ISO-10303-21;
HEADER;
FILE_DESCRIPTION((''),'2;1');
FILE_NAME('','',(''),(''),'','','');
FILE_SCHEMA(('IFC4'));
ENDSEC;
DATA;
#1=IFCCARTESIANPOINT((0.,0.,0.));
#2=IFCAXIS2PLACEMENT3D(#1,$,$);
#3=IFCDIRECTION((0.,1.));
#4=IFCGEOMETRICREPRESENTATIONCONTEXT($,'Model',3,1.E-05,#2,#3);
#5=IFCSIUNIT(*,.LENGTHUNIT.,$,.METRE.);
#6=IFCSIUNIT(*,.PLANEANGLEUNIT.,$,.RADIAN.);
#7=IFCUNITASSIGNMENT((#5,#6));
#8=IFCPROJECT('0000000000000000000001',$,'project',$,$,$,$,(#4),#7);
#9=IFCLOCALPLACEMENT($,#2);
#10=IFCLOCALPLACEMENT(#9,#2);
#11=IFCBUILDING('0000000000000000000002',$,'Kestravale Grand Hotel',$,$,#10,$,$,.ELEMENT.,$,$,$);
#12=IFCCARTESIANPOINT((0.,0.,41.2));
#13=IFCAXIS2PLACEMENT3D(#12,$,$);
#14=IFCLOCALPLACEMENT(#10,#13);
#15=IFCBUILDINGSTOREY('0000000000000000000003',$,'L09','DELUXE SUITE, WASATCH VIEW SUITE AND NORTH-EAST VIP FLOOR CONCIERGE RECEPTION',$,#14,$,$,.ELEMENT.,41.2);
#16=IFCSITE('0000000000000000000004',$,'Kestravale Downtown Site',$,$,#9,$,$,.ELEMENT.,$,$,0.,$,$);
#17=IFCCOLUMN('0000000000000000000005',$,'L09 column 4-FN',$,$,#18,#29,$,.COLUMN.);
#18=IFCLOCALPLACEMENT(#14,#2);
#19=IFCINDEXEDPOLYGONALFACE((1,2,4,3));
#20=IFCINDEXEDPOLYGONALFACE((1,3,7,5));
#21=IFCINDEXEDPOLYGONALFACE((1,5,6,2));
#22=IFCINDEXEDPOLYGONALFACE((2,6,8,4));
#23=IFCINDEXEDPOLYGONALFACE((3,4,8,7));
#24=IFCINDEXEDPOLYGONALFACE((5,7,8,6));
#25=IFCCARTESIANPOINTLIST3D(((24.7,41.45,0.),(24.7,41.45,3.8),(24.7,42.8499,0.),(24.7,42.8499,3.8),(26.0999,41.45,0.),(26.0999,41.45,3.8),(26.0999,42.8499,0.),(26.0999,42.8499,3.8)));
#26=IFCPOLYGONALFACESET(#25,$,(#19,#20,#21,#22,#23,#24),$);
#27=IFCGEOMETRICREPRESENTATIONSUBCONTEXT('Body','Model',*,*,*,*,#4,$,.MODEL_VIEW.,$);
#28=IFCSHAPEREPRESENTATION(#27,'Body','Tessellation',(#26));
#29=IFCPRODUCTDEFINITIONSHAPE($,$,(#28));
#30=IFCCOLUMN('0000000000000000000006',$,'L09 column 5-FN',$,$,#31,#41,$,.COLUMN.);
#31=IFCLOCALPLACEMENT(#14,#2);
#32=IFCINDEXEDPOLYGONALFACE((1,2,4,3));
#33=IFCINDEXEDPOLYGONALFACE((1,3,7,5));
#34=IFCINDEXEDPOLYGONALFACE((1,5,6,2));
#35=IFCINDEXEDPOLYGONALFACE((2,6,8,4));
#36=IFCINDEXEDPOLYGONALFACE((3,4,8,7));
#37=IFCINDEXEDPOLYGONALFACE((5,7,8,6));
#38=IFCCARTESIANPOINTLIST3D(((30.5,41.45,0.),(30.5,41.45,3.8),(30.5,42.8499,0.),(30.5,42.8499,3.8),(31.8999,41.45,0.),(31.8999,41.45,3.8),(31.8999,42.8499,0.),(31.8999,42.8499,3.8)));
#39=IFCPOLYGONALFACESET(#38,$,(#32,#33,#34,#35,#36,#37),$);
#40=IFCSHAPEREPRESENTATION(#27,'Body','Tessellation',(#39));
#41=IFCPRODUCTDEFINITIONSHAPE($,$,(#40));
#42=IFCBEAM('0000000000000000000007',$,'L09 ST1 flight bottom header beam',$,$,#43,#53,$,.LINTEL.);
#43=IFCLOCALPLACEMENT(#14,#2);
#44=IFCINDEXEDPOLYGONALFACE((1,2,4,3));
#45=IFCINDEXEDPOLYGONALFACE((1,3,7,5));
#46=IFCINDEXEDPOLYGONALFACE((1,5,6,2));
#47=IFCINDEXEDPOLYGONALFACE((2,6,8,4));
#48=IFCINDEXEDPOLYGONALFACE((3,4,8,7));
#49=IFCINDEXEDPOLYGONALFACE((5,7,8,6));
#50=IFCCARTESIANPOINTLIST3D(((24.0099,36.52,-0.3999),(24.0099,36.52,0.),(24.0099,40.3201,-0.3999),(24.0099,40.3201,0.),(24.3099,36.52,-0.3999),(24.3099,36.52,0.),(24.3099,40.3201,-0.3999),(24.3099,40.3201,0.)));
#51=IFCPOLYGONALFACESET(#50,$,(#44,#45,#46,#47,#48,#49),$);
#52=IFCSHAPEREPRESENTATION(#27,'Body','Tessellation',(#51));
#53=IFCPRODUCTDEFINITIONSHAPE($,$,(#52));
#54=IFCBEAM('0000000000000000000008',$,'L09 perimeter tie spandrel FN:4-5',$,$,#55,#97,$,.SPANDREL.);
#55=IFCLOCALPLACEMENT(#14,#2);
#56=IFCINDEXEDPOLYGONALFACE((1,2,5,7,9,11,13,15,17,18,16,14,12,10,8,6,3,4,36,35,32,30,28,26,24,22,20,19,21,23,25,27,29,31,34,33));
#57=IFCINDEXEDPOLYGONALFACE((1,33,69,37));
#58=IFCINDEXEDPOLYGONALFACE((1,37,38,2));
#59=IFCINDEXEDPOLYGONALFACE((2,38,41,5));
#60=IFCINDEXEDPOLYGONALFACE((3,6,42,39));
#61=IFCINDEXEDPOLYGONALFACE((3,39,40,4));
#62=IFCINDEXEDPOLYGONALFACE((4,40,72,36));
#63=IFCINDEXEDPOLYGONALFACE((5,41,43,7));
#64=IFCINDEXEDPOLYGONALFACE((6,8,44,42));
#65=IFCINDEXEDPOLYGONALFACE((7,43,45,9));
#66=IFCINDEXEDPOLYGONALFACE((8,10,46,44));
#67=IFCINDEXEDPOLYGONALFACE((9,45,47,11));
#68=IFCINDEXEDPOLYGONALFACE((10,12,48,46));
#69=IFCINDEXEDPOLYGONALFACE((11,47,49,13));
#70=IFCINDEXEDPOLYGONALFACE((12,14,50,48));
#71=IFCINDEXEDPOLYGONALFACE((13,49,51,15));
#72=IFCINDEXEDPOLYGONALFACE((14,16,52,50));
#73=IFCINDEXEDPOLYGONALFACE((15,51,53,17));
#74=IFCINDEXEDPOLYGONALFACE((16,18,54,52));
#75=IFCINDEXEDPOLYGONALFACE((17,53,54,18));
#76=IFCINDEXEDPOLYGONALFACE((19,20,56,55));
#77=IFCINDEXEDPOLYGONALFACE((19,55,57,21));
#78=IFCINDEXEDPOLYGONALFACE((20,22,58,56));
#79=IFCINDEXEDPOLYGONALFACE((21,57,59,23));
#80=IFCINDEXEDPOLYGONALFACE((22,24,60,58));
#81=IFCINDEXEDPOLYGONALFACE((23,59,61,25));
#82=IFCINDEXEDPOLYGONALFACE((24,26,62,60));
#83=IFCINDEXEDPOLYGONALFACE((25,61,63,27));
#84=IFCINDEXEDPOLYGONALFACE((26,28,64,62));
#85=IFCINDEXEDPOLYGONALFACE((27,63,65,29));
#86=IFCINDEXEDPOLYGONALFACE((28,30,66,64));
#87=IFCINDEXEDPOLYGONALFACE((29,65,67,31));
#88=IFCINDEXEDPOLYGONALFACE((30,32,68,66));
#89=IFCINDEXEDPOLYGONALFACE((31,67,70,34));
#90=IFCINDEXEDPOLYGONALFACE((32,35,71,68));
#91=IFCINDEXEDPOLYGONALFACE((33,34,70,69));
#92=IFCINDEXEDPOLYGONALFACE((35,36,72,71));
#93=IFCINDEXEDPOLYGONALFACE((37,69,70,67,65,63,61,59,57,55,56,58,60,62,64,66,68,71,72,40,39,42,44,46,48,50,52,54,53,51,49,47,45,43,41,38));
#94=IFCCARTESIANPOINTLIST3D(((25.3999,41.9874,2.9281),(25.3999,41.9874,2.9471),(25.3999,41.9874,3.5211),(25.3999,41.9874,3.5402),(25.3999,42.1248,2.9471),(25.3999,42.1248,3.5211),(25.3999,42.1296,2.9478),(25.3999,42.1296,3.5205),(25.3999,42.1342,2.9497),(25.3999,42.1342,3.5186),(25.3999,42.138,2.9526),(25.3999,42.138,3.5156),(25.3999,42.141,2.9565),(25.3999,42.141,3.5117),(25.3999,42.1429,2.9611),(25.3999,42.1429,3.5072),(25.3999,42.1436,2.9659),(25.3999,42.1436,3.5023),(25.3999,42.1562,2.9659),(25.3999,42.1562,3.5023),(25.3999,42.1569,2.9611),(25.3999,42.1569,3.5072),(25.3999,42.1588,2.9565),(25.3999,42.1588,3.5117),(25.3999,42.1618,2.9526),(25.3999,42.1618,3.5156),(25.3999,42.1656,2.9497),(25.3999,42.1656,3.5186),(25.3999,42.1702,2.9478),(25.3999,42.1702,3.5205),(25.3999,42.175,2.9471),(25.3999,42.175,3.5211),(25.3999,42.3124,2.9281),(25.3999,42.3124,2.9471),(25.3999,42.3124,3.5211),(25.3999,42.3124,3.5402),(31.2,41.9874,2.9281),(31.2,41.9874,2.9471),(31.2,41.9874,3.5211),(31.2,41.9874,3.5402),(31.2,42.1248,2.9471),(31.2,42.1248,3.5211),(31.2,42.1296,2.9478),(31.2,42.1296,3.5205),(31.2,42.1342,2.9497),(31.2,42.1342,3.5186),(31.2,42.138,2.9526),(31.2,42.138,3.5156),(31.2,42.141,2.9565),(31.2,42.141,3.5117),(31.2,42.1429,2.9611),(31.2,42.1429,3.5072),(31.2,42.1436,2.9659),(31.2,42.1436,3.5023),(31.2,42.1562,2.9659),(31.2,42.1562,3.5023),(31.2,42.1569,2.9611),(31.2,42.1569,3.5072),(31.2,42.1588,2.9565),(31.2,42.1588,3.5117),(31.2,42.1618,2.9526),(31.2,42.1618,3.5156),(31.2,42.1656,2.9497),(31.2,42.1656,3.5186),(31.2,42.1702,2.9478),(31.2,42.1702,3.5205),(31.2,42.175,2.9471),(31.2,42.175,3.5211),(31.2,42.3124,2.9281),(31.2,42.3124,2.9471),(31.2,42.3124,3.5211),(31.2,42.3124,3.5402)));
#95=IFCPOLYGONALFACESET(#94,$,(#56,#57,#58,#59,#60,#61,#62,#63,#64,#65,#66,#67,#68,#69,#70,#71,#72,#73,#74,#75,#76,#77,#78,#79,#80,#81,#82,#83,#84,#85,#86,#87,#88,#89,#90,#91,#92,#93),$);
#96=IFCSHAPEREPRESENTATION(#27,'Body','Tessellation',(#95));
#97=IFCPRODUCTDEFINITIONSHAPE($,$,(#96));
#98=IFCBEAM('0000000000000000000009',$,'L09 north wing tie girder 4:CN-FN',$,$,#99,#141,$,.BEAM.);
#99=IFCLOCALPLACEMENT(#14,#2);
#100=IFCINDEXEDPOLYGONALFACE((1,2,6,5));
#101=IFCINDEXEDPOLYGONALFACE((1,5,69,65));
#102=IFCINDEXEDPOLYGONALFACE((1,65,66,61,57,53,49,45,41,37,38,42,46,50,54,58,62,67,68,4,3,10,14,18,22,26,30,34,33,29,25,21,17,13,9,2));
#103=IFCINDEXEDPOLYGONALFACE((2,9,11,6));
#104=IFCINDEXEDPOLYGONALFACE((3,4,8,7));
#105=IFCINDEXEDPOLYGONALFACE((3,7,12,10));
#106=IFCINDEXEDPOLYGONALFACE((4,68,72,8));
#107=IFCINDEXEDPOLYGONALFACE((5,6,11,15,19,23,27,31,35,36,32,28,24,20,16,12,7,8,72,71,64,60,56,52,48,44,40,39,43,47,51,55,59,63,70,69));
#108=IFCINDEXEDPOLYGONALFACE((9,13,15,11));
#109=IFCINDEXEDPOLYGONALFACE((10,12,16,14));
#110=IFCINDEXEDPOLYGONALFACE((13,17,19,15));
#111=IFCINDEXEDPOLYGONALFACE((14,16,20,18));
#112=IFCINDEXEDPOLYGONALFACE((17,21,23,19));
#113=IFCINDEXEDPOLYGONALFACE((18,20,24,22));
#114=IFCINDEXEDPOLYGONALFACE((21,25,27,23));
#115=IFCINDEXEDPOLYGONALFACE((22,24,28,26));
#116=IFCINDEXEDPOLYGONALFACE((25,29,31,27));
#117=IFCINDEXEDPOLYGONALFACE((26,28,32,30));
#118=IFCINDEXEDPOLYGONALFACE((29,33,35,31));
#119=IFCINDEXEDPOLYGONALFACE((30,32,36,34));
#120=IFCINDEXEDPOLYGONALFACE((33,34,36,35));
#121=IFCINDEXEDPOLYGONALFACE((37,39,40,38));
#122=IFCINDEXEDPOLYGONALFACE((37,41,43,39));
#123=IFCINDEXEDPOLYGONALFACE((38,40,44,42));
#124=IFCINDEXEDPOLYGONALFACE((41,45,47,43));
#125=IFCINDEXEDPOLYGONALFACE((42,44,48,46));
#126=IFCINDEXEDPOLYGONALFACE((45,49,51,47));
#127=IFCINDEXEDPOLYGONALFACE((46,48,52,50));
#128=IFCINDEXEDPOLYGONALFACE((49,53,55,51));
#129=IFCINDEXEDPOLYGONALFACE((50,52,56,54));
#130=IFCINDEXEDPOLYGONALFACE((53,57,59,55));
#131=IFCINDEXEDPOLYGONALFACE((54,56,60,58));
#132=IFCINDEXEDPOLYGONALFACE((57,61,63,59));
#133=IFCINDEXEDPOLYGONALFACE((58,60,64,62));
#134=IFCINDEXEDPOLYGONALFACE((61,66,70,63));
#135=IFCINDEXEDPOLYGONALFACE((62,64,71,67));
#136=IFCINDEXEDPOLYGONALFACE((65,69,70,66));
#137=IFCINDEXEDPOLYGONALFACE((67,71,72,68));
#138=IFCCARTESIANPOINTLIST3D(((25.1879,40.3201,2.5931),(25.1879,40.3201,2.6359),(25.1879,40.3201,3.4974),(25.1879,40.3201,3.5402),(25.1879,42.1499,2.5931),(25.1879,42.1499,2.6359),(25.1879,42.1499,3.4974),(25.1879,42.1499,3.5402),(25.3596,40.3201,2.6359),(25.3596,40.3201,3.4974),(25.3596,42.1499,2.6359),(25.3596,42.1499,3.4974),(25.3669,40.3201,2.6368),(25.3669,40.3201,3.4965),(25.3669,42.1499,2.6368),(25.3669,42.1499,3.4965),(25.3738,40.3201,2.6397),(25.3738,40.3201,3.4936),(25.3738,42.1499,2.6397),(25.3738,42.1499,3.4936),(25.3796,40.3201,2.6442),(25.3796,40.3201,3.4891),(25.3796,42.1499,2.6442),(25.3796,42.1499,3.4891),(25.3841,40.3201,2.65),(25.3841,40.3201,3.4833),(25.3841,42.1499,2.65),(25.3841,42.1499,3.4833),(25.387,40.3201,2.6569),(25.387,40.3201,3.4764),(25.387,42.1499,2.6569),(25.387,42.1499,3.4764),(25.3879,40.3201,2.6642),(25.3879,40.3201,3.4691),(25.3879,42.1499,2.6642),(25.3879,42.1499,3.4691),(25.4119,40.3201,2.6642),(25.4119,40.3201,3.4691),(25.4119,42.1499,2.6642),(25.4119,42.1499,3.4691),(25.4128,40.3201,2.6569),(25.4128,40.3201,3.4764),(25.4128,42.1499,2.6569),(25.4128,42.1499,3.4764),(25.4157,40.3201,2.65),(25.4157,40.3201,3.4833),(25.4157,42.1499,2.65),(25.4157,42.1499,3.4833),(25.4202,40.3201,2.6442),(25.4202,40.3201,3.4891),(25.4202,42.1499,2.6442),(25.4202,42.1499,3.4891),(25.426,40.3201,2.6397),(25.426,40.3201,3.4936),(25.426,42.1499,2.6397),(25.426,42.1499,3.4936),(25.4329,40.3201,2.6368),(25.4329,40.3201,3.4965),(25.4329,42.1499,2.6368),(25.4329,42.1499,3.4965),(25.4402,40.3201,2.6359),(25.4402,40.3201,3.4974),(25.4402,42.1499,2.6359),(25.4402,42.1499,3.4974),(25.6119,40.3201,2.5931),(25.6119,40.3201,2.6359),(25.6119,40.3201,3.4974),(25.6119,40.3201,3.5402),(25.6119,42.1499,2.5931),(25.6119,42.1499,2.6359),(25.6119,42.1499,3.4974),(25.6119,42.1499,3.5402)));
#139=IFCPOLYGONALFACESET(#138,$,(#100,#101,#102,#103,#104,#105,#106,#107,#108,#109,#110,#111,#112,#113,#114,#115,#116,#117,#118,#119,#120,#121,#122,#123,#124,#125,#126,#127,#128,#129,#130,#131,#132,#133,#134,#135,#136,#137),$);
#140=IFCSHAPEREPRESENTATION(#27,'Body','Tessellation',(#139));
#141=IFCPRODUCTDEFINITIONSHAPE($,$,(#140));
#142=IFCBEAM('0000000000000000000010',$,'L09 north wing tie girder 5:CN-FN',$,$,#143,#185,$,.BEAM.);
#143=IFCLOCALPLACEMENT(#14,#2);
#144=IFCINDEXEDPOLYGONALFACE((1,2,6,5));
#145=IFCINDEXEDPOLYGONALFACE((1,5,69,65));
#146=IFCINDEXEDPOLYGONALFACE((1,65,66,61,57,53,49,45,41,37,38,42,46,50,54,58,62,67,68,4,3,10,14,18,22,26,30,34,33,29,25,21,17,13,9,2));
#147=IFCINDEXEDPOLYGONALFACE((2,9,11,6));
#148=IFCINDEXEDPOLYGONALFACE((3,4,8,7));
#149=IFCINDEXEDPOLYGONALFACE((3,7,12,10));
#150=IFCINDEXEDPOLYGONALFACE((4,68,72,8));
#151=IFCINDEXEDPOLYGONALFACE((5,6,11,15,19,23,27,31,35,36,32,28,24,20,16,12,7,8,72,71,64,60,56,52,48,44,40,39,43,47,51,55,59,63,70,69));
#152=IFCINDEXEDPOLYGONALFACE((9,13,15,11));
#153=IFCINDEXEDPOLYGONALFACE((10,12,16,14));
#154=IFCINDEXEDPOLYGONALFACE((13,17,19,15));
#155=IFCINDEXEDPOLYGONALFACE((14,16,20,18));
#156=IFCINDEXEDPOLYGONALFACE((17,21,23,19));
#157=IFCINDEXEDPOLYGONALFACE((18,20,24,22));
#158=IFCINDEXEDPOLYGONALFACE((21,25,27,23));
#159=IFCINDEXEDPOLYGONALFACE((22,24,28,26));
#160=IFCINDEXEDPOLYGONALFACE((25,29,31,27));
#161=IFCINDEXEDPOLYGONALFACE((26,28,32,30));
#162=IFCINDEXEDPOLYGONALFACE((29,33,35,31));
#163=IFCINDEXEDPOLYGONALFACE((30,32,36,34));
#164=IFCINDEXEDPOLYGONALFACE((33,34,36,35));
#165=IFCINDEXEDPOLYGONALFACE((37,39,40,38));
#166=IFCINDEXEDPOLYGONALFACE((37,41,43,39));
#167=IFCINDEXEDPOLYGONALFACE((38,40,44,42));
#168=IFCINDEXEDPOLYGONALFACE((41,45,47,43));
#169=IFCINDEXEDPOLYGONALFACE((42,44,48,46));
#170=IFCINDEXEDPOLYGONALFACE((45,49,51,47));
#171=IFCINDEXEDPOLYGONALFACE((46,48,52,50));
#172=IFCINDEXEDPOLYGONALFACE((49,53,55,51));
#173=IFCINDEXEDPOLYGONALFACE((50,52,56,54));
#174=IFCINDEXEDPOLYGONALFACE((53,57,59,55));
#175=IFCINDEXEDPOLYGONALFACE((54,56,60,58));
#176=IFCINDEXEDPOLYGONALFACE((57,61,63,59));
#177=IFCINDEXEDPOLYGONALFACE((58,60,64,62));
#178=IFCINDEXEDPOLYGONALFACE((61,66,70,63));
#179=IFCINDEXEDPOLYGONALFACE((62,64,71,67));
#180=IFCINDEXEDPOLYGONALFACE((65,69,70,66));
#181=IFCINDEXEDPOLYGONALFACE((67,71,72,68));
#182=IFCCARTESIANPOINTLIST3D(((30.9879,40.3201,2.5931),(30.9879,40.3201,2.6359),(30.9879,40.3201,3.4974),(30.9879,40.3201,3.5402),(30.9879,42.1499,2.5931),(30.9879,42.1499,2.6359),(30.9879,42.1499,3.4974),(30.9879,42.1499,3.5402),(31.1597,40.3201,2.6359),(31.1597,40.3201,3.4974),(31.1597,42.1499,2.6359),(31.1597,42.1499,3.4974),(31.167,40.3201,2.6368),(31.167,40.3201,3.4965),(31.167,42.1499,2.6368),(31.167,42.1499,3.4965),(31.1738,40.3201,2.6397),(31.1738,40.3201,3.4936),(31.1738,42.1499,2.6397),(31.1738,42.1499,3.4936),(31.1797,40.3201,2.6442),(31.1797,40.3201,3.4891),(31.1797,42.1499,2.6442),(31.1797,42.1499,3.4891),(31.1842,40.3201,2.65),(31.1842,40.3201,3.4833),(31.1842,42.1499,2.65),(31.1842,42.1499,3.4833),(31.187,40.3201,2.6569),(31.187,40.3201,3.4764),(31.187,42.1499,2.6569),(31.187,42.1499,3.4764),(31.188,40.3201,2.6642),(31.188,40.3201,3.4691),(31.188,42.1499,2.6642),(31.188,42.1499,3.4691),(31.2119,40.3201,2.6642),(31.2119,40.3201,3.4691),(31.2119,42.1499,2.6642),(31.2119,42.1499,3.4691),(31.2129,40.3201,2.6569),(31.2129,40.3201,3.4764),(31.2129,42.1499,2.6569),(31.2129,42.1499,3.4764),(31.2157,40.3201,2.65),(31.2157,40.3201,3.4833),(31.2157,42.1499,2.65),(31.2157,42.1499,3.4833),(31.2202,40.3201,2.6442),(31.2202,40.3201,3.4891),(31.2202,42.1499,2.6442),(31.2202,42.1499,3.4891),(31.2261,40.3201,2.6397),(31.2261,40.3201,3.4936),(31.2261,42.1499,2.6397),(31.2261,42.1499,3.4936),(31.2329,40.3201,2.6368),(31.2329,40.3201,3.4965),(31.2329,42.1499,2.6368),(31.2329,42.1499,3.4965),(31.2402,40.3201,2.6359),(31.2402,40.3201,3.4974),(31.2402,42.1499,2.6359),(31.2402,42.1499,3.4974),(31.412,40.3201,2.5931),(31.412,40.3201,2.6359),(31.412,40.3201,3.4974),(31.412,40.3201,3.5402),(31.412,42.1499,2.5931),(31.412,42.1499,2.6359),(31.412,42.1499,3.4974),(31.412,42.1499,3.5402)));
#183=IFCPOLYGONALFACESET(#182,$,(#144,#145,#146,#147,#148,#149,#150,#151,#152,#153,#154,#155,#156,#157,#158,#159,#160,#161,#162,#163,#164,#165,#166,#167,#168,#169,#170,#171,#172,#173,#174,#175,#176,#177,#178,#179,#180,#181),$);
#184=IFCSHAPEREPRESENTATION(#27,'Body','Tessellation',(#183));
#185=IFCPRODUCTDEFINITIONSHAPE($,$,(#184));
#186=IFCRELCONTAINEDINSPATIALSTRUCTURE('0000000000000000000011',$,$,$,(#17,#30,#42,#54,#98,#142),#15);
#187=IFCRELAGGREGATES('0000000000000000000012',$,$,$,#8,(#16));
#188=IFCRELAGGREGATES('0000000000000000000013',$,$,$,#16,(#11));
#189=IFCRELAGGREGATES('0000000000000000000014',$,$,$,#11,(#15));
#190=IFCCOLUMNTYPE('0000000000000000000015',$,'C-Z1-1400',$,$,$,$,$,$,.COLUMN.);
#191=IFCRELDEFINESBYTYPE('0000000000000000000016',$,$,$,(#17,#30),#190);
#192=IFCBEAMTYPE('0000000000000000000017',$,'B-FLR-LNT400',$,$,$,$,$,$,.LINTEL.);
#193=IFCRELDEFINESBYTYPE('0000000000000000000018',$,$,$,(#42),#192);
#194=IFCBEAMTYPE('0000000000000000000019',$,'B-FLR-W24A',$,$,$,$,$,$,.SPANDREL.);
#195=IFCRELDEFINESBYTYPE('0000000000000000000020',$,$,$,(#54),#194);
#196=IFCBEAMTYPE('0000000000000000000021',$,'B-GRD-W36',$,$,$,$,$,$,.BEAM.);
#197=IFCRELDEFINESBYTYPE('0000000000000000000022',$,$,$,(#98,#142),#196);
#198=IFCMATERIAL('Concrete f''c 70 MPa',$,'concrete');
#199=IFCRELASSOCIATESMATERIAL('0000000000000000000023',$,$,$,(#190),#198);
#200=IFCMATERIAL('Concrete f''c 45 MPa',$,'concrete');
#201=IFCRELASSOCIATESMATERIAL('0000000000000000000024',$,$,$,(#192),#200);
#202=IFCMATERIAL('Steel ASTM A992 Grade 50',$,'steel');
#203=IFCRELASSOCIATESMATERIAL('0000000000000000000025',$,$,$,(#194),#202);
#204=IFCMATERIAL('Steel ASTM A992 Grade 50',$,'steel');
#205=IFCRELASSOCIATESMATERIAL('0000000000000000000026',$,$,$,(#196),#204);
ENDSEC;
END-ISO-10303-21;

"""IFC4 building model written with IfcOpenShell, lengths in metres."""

from ifc_helpers import new_model, si_unit, direction, frame, origin, origin_2d, place, context, subcontext, project, spatial, rectangle, i_section, extrude, material, material_profile, profile_set, type_object, element, save


model = new_model("IFC4")

# Units and contexts
model_context = context("Model", 3, precision=1e-05, world=origin(), true_north=direction((0.0, 1.0)))
body_context = subcontext(model_context, "Body", "Model", "MODEL_VIEW")
ifc_project = project(units=[si_unit("LENGTHUNIT", "METRE"), si_unit("PLANEANGLEUNIT", "RADIAN")], contexts=[model_context])

# Site, building, storey
site_placement = place(None, origin())
site = spatial("IfcSite", under=ifc_project, at=site_placement, Name="Kestravale Downtown Site", CompositionType="ELEMENT", RefElevation=0.0)
building_placement = place(site_placement, origin())
building = spatial("IfcBuilding", under=site, at=building_placement, Name="Kestravale Grand Hotel", CompositionType="ELEMENT")
storey_placement = place(building_placement, frame((0.0, 0.0, 41.2)))
storey = spatial("IfcBuildingStorey", under=building, at=storey_placement, Name="L09", Description="DELUXE SUITE, WASATCH VIEW SUITE AND NORTH-EAST VIP FLOOR CONCIERGE RECEPTION", CompositionType="ELEMENT", Elevation=41.2)

# Columns
ifc_material_1 = material(Name="Concrete f'c 70 MPa", Category="concrete")
ifc_material_profile_1 = material_profile(ifc_material_1, rectangle(XDim=1.3999, YDim=1.3999, at=origin_2d()))
ifc_profile_set_1 = profile_set([ifc_material_profile_1], Name="Concrete f'c 70 MPa")
column_type = type_object("IfcColumnType", Name="C-Z1-1400", PredefinedType="COLUMN", material=ifc_profile_set_1)
for number, where, z_axis, x_axis, name in (
    (1, (25.3999, 42.1499, 0.0), (0.0, 0.0, 1.0), (1.0, 0.0, 0.0), "L09 column 4-FN"),
    (2, (31.2, 42.1499, 0.0), (0.0, 0.0, 1.0), (1.0, 0.0, 0.0), "L09 column 5-FN"),
):
    element("IfcColumn", number, at=place(storey_placement, frame(where, z_axis=z_axis, x_axis=x_axis)), inside=storey, type_object=column_type, Name=name, PredefinedType="COLUMN", context=body_context, shape_type="SweptSolid", body=[
        extrude(rectangle(XDim=1.3999, YDim=1.3999, at=origin_2d()), origin(), (0.0, 0.0, 1.0), 3.8),
    ])

# Beams
ifc_material_2 = material(Name="Concrete f'c 45 MPa", Category="concrete")
ifc_material_profile_2 = material_profile(ifc_material_2, rectangle(XDim=0.3, YDim=0.3999, at=origin_2d()))
ifc_profile_set_2 = profile_set([ifc_material_profile_2], Name="Concrete f'c 45 MPa")
beam_type_1 = type_object("IfcBeamType", Name="B-FLR-LNT400", PredefinedType="LINTEL", material=ifc_profile_set_2)
beam_1_placement = place(storey_placement, frame((24.1599, 36.52, -0.2), z_axis=(0.0, 1.0, 0.0), x_axis=(-1.0, 0.0, 0.0)))
element("IfcBeam", 3, at=beam_1_placement, inside=storey, type_object=beam_type_1, Name="L09 ST1 flight bottom header beam", PredefinedType="LINTEL", context=body_context, shape_type="SweptSolid", body=[
    extrude(rectangle(XDim=0.3, YDim=0.3999, at=origin_2d()), origin(), (0.0, 0.0, 1.0), 3.8),
])
ifc_material_3 = material(Name="Steel ASTM A992 Grade 50", Category="steel")
ifc_material_profile_3 = material_profile(ifc_material_3, i_section(OverallWidth=0.325, OverallDepth=0.6121, WebThickness=0.0127, FlangeThickness=0.019, FilletRadius=0.0188, at=origin_2d()))
ifc_profile_set_3 = profile_set([ifc_material_profile_3], Name="Steel ASTM A992 Grade 50")
beam_type_2 = type_object("IfcBeamType", Name="B-FLR-W24A", PredefinedType="SPANDREL", material=ifc_profile_set_3)
beam_2_placement = place(storey_placement, frame((25.3999, 42.1499, 3.2341), z_axis=(1.0, 0.0, 0.0), x_axis=(0.0, 1.0, 0.0)))
element("IfcBeam", 4, at=beam_2_placement, inside=storey, type_object=beam_type_2, Name="L09 perimeter tie spandrel FN:4-5", PredefinedType="SPANDREL", context=body_context, shape_type="SweptSolid", body=[
    extrude(i_section(OverallWidth=0.325, OverallDepth=0.6121, WebThickness=0.0127, FlangeThickness=0.019, FilletRadius=0.0188, at=origin_2d()), origin(), (0.0, 0.0, 1.0), 5.8),
])
ifc_material_4 = material(Name="Steel ASTM A992 Grade 50", Category="steel")
ifc_material_profile_4 = material_profile(ifc_material_4, i_section(OverallWidth=0.4241, OverallDepth=0.947, WebThickness=0.0239, FlangeThickness=0.0427, FilletRadius=0.0283, at=origin_2d()))
ifc_profile_set_4 = profile_set([ifc_material_profile_4], Name="Steel ASTM A992 Grade 50")
beam_type_3 = type_object("IfcBeamType", Name="B-GRD-W36", PredefinedType="BEAM", material=ifc_profile_set_4)
for number, where, z_axis, x_axis, name in (
    (5, (25.3999, 40.3201, 3.0667), (0.0, 1.0, 0.0), (-1.0, 0.0, 0.0), "L09 north wing tie girder 4:CN-FN"),
    (6, (31.2, 40.3201, 3.0667), (0.0, 1.0, 0.0), (-1.0, 0.0, 0.0), "L09 north wing tie girder 5:CN-FN"),
):
    element("IfcBeam", number, at=place(storey_placement, frame(where, z_axis=z_axis, x_axis=x_axis)), inside=storey, type_object=beam_type_3, Name=name, PredefinedType="BEAM", context=body_context, shape_type="SweptSolid", body=[
        extrude(i_section(OverallWidth=0.4241, OverallDepth=0.947, WebThickness=0.0239, FlangeThickness=0.0427, FilletRadius=0.0283, at=origin_2d()), origin(), (0.0, 0.0, 1.0), 1.8298),
    ])

save(model, "model.ifc")
